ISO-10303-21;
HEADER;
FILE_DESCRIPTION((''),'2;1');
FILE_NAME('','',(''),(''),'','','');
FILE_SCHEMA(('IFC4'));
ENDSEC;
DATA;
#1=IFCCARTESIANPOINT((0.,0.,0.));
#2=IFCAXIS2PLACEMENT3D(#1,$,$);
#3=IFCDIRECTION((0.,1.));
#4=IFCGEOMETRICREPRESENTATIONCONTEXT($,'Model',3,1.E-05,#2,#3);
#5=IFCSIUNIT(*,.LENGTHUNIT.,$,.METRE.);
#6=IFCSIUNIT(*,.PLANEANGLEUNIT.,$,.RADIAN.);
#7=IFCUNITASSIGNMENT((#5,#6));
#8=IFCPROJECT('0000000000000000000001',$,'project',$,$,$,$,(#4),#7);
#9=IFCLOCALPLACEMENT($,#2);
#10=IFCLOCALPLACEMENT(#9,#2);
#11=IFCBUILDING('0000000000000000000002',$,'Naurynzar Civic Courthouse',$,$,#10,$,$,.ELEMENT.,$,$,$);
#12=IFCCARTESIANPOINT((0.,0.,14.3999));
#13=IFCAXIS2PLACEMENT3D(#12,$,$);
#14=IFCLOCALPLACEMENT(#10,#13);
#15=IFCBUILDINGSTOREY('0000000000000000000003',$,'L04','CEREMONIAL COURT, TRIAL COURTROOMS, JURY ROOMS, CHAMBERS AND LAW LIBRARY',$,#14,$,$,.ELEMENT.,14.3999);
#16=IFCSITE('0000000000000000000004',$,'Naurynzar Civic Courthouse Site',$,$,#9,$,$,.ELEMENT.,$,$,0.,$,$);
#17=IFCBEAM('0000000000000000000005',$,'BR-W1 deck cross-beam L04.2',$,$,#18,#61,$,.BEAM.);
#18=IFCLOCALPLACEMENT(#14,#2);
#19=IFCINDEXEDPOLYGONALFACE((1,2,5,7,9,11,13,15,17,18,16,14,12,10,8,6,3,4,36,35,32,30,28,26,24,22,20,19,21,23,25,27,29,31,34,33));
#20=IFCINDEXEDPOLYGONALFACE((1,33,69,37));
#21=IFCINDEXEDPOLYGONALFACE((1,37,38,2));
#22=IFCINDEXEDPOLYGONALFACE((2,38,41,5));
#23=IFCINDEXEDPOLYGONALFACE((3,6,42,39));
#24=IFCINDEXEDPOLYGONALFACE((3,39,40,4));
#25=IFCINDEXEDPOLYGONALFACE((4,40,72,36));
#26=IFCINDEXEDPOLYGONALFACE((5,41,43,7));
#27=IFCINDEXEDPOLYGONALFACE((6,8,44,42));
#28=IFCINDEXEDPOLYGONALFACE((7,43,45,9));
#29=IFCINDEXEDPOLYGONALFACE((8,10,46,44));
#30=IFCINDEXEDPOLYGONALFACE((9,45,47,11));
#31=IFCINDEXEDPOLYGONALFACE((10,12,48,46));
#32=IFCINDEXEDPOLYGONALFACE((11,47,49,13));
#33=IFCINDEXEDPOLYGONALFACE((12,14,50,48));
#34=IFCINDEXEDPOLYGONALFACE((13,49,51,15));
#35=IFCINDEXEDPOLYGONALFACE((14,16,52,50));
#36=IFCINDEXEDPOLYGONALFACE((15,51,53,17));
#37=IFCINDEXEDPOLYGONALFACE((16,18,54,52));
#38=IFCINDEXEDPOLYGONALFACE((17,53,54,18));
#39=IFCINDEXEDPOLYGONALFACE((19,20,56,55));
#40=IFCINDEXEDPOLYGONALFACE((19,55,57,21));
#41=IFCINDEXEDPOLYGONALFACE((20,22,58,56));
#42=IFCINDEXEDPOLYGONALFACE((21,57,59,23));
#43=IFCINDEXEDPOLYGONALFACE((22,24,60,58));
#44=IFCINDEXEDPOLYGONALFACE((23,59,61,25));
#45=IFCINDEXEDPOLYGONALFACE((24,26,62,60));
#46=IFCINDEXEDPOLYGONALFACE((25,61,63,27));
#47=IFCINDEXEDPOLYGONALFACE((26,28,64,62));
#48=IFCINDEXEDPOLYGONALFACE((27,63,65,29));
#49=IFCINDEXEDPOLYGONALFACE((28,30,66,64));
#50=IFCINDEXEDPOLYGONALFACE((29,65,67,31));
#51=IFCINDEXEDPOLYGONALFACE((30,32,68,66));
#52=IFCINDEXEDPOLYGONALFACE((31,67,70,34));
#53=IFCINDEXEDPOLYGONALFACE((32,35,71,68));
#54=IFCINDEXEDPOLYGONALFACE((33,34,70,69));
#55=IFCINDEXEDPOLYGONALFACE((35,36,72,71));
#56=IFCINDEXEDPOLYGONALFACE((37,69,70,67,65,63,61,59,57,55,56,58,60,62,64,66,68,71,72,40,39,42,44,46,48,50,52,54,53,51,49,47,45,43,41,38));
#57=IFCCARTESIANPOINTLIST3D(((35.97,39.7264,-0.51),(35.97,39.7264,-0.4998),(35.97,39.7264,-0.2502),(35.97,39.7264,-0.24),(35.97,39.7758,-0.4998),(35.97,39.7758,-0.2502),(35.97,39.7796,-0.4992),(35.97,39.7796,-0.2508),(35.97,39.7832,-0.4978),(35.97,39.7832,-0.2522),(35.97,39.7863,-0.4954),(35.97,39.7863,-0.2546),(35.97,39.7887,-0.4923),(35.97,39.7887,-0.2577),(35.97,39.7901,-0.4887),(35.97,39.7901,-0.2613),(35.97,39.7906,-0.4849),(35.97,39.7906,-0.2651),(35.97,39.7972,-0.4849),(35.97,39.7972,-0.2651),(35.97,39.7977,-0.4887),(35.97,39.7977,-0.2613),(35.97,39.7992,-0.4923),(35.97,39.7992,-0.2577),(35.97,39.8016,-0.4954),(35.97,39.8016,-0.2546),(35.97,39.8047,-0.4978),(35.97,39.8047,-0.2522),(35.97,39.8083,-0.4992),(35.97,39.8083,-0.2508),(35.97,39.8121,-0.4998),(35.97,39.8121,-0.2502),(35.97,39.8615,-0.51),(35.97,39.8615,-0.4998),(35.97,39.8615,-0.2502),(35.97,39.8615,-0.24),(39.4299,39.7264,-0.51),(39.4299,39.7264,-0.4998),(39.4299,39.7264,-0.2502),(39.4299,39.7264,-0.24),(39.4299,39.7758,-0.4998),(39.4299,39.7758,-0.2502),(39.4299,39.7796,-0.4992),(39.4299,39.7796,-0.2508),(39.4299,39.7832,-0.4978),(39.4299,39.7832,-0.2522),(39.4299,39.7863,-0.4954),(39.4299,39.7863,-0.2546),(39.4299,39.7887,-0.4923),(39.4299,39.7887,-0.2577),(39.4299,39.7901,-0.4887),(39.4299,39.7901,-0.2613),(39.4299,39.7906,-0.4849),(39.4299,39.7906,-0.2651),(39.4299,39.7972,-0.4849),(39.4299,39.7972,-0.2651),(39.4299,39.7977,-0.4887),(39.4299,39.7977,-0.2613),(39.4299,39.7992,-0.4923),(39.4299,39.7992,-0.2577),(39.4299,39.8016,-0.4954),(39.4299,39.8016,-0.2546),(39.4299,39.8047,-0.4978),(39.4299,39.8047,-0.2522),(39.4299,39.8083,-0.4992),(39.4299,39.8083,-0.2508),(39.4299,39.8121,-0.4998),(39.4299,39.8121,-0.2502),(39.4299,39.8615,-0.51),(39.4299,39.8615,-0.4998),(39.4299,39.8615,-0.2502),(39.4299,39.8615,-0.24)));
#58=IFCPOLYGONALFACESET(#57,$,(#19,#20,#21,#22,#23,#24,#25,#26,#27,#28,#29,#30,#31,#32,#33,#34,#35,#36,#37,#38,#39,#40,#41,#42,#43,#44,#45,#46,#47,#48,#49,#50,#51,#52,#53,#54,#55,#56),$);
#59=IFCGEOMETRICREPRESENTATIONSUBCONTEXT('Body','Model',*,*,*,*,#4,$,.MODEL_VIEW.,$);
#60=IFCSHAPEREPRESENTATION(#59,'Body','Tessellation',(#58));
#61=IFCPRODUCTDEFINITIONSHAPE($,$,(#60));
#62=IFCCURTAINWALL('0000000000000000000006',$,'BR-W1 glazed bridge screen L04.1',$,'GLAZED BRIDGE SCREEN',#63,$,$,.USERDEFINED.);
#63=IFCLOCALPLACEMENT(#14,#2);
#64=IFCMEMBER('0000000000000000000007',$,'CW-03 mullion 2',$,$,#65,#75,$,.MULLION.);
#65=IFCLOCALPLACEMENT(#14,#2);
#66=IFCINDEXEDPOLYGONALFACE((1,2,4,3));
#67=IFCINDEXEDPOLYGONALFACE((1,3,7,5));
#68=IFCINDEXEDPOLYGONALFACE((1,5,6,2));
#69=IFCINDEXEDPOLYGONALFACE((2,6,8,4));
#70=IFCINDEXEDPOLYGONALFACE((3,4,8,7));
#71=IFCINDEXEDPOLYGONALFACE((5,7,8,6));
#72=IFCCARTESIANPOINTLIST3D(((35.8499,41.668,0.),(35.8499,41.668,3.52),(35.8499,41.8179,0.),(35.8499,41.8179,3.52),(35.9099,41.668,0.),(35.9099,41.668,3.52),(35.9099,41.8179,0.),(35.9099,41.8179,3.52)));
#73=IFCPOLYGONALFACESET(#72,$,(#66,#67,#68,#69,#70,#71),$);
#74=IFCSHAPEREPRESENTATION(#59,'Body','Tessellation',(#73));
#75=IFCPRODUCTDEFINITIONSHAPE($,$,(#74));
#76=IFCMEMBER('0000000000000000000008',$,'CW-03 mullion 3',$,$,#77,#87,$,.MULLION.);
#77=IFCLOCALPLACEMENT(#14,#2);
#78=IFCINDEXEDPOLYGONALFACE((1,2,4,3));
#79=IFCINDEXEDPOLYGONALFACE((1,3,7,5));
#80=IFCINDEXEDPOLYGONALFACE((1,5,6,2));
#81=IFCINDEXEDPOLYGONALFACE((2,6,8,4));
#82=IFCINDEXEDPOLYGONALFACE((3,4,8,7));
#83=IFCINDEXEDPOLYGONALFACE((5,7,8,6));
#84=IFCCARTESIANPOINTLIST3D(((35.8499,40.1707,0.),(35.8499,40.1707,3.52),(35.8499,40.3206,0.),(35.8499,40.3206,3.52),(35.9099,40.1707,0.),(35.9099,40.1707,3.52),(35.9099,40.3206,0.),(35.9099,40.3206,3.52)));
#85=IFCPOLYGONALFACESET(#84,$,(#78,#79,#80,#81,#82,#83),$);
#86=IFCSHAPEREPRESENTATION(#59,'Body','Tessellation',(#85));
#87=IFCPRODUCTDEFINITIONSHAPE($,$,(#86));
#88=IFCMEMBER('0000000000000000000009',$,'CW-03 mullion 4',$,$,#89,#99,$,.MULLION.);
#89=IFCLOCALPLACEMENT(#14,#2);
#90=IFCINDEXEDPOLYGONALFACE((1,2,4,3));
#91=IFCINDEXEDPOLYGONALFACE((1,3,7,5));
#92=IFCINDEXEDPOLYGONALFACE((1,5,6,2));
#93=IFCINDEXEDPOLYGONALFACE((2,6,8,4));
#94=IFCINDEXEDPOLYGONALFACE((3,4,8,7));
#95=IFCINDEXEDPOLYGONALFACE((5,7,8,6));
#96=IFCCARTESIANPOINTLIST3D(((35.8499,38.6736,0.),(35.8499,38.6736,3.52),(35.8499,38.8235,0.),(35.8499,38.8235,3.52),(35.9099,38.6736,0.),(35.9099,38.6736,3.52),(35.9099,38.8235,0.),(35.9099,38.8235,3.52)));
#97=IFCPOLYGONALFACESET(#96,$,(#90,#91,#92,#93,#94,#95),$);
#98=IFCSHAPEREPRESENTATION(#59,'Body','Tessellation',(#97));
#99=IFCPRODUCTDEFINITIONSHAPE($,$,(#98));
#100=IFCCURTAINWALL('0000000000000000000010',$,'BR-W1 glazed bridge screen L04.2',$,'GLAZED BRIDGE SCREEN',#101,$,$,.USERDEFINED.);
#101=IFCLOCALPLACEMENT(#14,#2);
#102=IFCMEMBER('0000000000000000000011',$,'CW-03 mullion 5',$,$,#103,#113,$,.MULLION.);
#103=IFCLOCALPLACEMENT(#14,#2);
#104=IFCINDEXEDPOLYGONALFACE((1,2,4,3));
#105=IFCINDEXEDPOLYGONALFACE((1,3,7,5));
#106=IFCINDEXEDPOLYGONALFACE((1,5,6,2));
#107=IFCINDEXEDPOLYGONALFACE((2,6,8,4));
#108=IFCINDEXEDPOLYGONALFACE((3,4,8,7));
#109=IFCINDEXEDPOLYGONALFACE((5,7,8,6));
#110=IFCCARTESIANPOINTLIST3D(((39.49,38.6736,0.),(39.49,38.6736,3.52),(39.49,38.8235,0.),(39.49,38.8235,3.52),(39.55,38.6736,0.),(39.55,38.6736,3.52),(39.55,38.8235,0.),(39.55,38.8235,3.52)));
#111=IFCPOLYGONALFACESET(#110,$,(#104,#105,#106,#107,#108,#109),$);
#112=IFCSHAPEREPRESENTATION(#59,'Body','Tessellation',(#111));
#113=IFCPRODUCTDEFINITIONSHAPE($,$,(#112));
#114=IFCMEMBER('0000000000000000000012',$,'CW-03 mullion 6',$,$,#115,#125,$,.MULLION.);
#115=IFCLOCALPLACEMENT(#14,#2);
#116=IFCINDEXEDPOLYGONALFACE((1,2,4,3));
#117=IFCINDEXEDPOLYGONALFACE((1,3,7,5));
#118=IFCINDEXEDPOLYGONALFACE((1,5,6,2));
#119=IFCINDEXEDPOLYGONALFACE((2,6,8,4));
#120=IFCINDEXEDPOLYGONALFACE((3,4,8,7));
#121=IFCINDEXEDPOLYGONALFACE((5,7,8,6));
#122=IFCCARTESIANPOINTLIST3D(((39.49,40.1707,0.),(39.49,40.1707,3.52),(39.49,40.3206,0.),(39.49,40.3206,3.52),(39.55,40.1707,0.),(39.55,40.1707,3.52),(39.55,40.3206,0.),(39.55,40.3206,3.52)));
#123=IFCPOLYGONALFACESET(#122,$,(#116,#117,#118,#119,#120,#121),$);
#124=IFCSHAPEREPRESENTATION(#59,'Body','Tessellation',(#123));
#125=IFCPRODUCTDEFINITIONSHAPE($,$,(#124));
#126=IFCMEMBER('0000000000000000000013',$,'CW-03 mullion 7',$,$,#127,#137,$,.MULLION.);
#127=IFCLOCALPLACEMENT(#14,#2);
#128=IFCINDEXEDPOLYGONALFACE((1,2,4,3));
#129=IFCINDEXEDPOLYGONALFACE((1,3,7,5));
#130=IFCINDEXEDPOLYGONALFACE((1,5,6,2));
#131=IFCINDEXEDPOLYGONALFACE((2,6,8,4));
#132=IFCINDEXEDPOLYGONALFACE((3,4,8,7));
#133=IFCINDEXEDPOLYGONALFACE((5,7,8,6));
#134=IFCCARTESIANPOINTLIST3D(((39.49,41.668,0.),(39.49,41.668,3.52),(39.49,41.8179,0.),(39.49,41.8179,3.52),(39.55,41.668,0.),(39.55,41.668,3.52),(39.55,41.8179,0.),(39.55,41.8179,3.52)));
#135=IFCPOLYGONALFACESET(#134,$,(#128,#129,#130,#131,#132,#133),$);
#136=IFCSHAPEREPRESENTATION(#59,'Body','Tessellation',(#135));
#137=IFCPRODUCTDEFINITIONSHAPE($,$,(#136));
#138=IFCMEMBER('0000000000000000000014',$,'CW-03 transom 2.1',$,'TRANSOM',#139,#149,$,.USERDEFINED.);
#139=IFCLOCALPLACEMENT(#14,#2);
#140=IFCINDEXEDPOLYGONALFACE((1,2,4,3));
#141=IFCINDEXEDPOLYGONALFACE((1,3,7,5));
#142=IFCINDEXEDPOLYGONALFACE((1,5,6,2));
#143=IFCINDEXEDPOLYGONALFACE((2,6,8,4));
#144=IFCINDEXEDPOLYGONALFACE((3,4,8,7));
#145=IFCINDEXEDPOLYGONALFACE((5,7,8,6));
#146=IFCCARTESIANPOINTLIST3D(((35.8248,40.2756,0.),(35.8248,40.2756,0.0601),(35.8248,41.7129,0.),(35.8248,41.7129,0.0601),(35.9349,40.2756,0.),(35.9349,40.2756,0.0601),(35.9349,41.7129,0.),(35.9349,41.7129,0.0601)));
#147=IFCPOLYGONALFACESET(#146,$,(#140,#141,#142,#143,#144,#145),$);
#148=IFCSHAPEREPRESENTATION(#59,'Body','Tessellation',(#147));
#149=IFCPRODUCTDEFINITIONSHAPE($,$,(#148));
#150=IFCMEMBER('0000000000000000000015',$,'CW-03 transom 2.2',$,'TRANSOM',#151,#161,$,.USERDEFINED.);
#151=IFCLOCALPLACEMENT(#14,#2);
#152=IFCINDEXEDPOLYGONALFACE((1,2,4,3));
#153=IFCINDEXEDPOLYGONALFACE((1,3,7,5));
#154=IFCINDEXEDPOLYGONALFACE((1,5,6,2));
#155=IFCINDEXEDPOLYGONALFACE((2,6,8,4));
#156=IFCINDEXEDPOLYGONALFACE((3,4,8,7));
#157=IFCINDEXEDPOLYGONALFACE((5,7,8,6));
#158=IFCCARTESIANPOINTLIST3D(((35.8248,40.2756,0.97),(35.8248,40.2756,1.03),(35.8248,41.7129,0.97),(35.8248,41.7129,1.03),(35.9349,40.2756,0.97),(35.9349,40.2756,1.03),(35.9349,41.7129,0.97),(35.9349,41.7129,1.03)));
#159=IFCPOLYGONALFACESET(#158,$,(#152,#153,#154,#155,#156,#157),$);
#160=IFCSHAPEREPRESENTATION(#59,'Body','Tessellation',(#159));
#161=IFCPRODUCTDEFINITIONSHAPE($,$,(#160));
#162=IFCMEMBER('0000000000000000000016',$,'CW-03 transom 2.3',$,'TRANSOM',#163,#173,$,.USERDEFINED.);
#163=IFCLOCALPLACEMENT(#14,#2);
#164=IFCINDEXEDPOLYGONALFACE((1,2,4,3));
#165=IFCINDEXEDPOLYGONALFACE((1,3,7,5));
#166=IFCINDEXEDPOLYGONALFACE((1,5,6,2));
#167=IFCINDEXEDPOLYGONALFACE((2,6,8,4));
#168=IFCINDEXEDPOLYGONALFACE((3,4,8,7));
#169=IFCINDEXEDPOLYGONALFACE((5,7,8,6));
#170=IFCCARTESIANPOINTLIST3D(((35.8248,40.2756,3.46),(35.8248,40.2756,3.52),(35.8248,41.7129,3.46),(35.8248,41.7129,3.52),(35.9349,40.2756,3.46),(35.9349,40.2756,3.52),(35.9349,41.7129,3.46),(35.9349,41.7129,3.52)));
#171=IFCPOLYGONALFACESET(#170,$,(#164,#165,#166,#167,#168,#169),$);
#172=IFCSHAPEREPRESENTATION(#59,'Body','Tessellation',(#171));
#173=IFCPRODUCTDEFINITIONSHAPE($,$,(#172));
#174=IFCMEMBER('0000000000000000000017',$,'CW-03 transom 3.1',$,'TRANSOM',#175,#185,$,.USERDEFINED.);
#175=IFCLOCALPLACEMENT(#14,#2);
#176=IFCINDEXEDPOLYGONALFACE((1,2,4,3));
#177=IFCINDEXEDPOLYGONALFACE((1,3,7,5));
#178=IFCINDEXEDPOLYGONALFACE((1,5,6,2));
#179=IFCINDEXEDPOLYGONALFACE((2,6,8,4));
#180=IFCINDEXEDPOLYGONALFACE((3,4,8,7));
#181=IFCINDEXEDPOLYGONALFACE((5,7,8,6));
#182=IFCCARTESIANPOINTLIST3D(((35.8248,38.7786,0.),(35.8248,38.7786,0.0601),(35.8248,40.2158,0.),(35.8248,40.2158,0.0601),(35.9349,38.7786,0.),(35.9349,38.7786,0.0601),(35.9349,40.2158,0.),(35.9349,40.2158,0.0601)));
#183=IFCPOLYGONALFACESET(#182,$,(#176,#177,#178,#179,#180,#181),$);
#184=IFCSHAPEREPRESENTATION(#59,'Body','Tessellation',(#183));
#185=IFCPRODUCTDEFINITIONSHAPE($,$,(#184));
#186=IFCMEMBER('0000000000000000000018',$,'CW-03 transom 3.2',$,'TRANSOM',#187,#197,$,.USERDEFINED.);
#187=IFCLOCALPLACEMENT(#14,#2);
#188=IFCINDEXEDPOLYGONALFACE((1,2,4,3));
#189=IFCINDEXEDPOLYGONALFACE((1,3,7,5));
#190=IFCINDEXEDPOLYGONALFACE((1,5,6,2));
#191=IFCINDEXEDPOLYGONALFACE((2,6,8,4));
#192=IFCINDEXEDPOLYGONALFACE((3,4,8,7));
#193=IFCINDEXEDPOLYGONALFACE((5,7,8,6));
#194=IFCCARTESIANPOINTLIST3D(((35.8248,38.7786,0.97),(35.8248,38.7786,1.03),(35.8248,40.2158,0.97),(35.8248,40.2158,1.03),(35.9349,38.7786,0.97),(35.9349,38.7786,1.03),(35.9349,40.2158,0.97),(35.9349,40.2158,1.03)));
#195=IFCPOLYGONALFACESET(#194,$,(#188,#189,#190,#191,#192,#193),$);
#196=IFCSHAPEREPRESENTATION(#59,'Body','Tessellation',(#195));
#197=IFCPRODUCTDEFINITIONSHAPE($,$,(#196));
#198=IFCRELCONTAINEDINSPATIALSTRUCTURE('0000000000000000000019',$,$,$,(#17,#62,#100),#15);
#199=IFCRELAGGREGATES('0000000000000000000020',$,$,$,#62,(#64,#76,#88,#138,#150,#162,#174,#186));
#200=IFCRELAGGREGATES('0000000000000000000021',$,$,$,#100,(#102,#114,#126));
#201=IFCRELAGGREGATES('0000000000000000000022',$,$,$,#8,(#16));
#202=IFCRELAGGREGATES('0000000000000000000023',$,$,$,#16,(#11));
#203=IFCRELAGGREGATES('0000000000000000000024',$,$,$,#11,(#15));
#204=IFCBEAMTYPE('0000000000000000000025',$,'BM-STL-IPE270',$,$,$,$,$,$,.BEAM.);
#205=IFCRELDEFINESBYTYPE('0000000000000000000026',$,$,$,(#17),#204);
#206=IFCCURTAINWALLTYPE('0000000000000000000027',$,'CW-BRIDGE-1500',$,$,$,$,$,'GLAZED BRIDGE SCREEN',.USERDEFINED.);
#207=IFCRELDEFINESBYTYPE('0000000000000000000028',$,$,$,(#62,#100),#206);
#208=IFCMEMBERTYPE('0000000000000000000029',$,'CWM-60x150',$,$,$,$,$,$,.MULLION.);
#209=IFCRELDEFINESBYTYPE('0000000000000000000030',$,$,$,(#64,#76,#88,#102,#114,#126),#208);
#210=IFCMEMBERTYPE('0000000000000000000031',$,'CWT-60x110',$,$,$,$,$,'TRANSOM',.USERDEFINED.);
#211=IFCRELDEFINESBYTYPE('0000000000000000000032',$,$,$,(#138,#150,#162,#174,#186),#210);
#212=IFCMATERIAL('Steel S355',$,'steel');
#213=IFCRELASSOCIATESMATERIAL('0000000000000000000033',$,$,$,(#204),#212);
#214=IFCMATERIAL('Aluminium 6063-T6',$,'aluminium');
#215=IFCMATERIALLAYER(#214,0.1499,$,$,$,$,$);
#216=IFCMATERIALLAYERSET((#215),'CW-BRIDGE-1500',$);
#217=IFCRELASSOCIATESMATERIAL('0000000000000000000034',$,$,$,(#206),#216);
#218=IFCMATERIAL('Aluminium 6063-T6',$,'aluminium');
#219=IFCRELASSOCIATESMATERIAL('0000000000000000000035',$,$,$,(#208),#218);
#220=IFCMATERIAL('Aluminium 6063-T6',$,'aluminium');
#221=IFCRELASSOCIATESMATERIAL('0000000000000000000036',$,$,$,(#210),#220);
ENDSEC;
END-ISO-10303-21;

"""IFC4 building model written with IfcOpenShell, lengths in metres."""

from ifc_helpers import new_model, si_unit, direction, frame, origin, origin_2d, place, context, subcontext, project, spatial, rectangle, i_section, extrude, material, layer, layer_set, material_profile, profile_set, type_object, element, aggregate, save


model = new_model("IFC4")

# Units and contexts
model_context = context("Model", 3, precision=1e-05, world=origin(), true_north=direction((0.0, 1.0)))
body_context = subcontext(model_context, "Body", "Model", "MODEL_VIEW")
ifc_project = project(units=[si_unit("LENGTHUNIT", "METRE"), si_unit("PLANEANGLEUNIT", "RADIAN")], contexts=[model_context])

# Site, building, storey
site_placement = place(None, origin())
site = spatial("IfcSite", under=ifc_project, at=site_placement, Name="Naurynzar Civic Courthouse Site", CompositionType="ELEMENT", RefElevation=0.0)
building_placement = place(site_placement, origin())
building = spatial("IfcBuilding", under=site, at=building_placement, Name="Naurynzar Civic Courthouse", CompositionType="ELEMENT")
storey_placement = place(building_placement, frame((0.0, 0.0, 14.3999)))
storey = spatial("IfcBuildingStorey", under=building, at=storey_placement, Name="L04", Description="CEREMONIAL COURT, TRIAL COURTROOMS, JURY ROOMS, CHAMBERS AND LAW LIBRARY", CompositionType="ELEMENT", Elevation=14.3999)

# Beam
ifc_material_1 = material(Name="Steel S355", Category="steel")
ifc_material_profile_1 = material_profile(ifc_material_1, i_section(OverallWidth=0.135, OverallDepth=0.27, WebThickness=0.0066, FlangeThickness=0.0103, FilletRadius=0.0149, at=origin_2d()), Name="IPE 270")
ifc_profile_set_1 = profile_set([ifc_material_profile_1], Name="Steel S355")
beam_type = type_object("IfcBeamType", Name="BM-STL-IPE270", PredefinedType="BEAM", material=ifc_profile_set_1)
beam_placement = place(storey_placement, frame((35.97, 39.7939, -0.375), z_axis=(1.0, 0.0, 0.0), x_axis=(0.0, 1.0, 0.0)))
element("IfcBeam", 1, at=beam_placement, inside=storey, type_object=beam_type, Name="BR-W1 deck cross-beam L04.2", PredefinedType="BEAM", context=body_context, shape_type="SweptSolid", body=[
    extrude(i_section(OverallWidth=0.135, OverallDepth=0.27, WebThickness=0.0066, FlangeThickness=0.0103, FilletRadius=0.0149, at=origin_2d()), origin(), (0.0, 0.0, 1.0), 3.46),
])

# Curtain walls, members
ifc_material_2 = material(Name="Aluminium 6063-T6", Category="aluminium")
ifc_layer_1 = layer(ifc_material_2, 0.1499)
ifc_layer_set_1 = layer_set([ifc_layer_1], Name="CW-BRIDGE-1500")
curtain_wall_type = type_object("IfcCurtainWallType", Name="CW-BRIDGE-1500", ElementType="GLAZED BRIDGE SCREEN", PredefinedType="USERDEFINED", material=ifc_layer_set_1)
curtain_wall_1_placement = place(storey_placement, origin())
curtain_wall_1 = element("IfcCurtainWall", 2, at=curtain_wall_1_placement, inside=storey, type_object=curtain_wall_type, Name="BR-W1 glazed bridge screen L04.1", ObjectType="GLAZED BRIDGE SCREEN", PredefinedType="USERDEFINED")
ifc_material_3 = material(Name="Aluminium 6063-T6", Category="aluminium")
ifc_material_profile_2 = material_profile(ifc_material_3, rectangle(XDim=0.0601, YDim=0.1499, at=origin_2d()), Name="ALU MULLION 60x150")
ifc_profile_set_2 = profile_set([ifc_material_profile_2], Name="Aluminium 6063-T6")
member_type_1 = type_object("IfcMemberType", Name="CWM-60x150", PredefinedType="MULLION", material=ifc_profile_set_2)
member_1_placement = place(storey_placement, frame((35.8799, 41.7429, 0.0), z_axis=(0.0, 0.0, 1.0), x_axis=(1.0, 0.0, 0.0)))
member_1 = element("IfcMember", 3, at=member_1_placement, type_object=member_type_1, Name="CW-03 mullion 2", PredefinedType="MULLION", context=body_context, shape_type="SweptSolid", body=[
    extrude(rectangle(XDim=0.0601, YDim=0.1499, at=origin_2d()), origin(), (0.0, 0.0, 1.0), 3.52),
])
member_2_placement = place(storey_placement, frame((35.8799, 40.2456, 0.0), z_axis=(0.0, 0.0, 1.0), x_axis=(1.0, 0.0, 0.0)))
member_2 = element("IfcMember", 4, at=member_2_placement, type_object=member_type_1, Name="CW-03 mullion 3", PredefinedType="MULLION", context=body_context, shape_type="SweptSolid", body=[
    extrude(rectangle(XDim=0.0601, YDim=0.1499, at=origin_2d()), origin(), (0.0, 0.0, 1.0), 3.52),
])
member_3_placement = place(storey_placement, frame((35.8799, 38.7485, 0.0), z_axis=(0.0, 0.0, 1.0), x_axis=(1.0, 0.0, 0.0)))
member_3 = element("IfcMember", 5, at=member_3_placement, type_object=member_type_1, Name="CW-03 mullion 4", PredefinedType="MULLION", context=body_context, shape_type="SweptSolid", body=[
    extrude(rectangle(XDim=0.0601, YDim=0.1499, at=origin_2d()), origin(), (0.0, 0.0, 1.0), 3.52),
])
curtain_wall_2_placement = place(storey_placement, origin())
curtain_wall_2 = element("IfcCurtainWall", 6, at=curtain_wall_2_placement, inside=storey, type_object=curtain_wall_type, Name="BR-W1 glazed bridge screen L04.2", ObjectType="GLAZED BRIDGE SCREEN", PredefinedType="USERDEFINED")
member_4_placement = place(storey_placement, frame((39.52, 38.7485, 0.0), z_axis=(0.0, 0.0, 1.0), x_axis=(-1.0, 0.0, 0.0)))
member_4 = element("IfcMember", 7, at=member_4_placement, type_object=member_type_1, Name="CW-03 mullion 5", PredefinedType="MULLION", context=body_context, shape_type="SweptSolid", body=[
    extrude(rectangle(XDim=0.0601, YDim=0.1499, at=origin_2d()), origin(), (0.0, 0.0, 1.0), 3.52),
])
member_5_placement = place(storey_placement, frame((39.52, 40.2456, 0.0), z_axis=(0.0, 0.0, 1.0), x_axis=(-1.0, 0.0, 0.0)))
member_5 = element("IfcMember", 8, at=member_5_placement, type_object=member_type_1, Name="CW-03 mullion 6", PredefinedType="MULLION", context=body_context, shape_type="SweptSolid", body=[
    extrude(rectangle(XDim=0.0601, YDim=0.1499, at=origin_2d()), origin(), (0.0, 0.0, 1.0), 3.52),
])
member_6_placement = place(storey_placement, frame((39.52, 41.7429, 0.0), z_axis=(0.0, 0.0, 1.0), x_axis=(-1.0, 0.0, 0.0)))
member_6 = element("IfcMember", 9, at=member_6_placement, type_object=member_type_1, Name="CW-03 mullion 7", PredefinedType="MULLION", context=body_context, shape_type="SweptSolid", body=[
    extrude(rectangle(XDim=0.0601, YDim=0.1499, at=origin_2d()), origin(), (0.0, 0.0, 1.0), 3.52),
])

# Members
ifc_material_4 = material(Name="Aluminium 6063-T6", Category="aluminium")
ifc_material_profile_3 = material_profile(ifc_material_4, rectangle(XDim=0.1101, YDim=0.0601, at=origin_2d()), Name="ALU TRANSOM 60x110")
ifc_profile_set_3 = profile_set([ifc_material_profile_3], Name="Aluminium 6063-T6")
member_type_2 = type_object("IfcMemberType", Name="CWT-60x110", ElementType="TRANSOM", PredefinedType="USERDEFINED", material=ifc_profile_set_3)
member_7_placement = place(storey_placement, frame((35.8799, 41.7129, 0.03), z_axis=(0.0, -1.0, 0.0), x_axis=(1.0, 0.0, 0.0)))
member_7 = element("IfcMember", 10, at=member_7_placement, type_object=member_type_2, Name="CW-03 transom 2.1", ObjectType="TRANSOM", PredefinedType="USERDEFINED", context=body_context, shape_type="SweptSolid", body=[
    extrude(rectangle(XDim=0.1101, YDim=0.0601, at=origin_2d()), origin(), (0.0, 0.0, 1.0), 1.4373),
])
member_8_placement = place(storey_placement, frame((35.8799, 41.7129, 1.0), z_axis=(0.0, -1.0, 0.0), x_axis=(1.0, 0.0, 0.0)))
member_8 = element("IfcMember", 11, at=member_8_placement, type_object=member_type_2, Name="CW-03 transom 2.2", ObjectType="TRANSOM", PredefinedType="USERDEFINED", context=body_context, shape_type="SweptSolid", body=[
    extrude(rectangle(XDim=0.1101, YDim=0.0601, at=origin_2d()), origin(), (0.0, 0.0, 1.0), 1.4373),
])
member_9_placement = place(storey_placement, frame((35.8799, 41.7129, 3.49), z_axis=(0.0, -1.0, 0.0), x_axis=(1.0, 0.0, 0.0)))
member_9 = element("IfcMember", 12, at=member_9_placement, type_object=member_type_2, Name="CW-03 transom 2.3", ObjectType="TRANSOM", PredefinedType="USERDEFINED", context=body_context, shape_type="SweptSolid", body=[
    extrude(rectangle(XDim=0.1101, YDim=0.0601, at=origin_2d()), origin(), (0.0, 0.0, 1.0), 1.4373),
])
member_10_placement = place(storey_placement, frame((35.8799, 40.2158, 0.03), z_axis=(0.0, -1.0, 0.0), x_axis=(1.0, 0.0, 0.0)))
member_10 = element("IfcMember", 13, at=member_10_placement, type_object=member_type_2, Name="CW-03 transom 3.1", ObjectType="TRANSOM", PredefinedType="USERDEFINED", context=body_context, shape_type="SweptSolid", body=[
    extrude(rectangle(XDim=0.1101, YDim=0.0601, at=origin_2d()), origin(), (0.0, 0.0, 1.0), 1.4373),
])
member_11_placement = place(storey_placement, frame((35.8799, 40.2158, 1.0), z_axis=(0.0, -1.0, 0.0), x_axis=(1.0, 0.0, 0.0)))
member_11 = element("IfcMember", 14, at=member_11_placement, type_object=member_type_2, Name="CW-03 transom 3.2", ObjectType="TRANSOM", PredefinedType="USERDEFINED", context=body_context, shape_type="SweptSolid", body=[
    extrude(rectangle(XDim=0.1101, YDim=0.0601, at=origin_2d()), origin(), (0.0, 0.0, 1.0), 1.4373),
])

aggregate(curtain_wall_1, [member_1, member_2, member_3, member_7, member_8, member_9, member_10, member_11])
aggregate(curtain_wall_2, [member_4, member_5, member_6])

save(model, "model.ifc")
